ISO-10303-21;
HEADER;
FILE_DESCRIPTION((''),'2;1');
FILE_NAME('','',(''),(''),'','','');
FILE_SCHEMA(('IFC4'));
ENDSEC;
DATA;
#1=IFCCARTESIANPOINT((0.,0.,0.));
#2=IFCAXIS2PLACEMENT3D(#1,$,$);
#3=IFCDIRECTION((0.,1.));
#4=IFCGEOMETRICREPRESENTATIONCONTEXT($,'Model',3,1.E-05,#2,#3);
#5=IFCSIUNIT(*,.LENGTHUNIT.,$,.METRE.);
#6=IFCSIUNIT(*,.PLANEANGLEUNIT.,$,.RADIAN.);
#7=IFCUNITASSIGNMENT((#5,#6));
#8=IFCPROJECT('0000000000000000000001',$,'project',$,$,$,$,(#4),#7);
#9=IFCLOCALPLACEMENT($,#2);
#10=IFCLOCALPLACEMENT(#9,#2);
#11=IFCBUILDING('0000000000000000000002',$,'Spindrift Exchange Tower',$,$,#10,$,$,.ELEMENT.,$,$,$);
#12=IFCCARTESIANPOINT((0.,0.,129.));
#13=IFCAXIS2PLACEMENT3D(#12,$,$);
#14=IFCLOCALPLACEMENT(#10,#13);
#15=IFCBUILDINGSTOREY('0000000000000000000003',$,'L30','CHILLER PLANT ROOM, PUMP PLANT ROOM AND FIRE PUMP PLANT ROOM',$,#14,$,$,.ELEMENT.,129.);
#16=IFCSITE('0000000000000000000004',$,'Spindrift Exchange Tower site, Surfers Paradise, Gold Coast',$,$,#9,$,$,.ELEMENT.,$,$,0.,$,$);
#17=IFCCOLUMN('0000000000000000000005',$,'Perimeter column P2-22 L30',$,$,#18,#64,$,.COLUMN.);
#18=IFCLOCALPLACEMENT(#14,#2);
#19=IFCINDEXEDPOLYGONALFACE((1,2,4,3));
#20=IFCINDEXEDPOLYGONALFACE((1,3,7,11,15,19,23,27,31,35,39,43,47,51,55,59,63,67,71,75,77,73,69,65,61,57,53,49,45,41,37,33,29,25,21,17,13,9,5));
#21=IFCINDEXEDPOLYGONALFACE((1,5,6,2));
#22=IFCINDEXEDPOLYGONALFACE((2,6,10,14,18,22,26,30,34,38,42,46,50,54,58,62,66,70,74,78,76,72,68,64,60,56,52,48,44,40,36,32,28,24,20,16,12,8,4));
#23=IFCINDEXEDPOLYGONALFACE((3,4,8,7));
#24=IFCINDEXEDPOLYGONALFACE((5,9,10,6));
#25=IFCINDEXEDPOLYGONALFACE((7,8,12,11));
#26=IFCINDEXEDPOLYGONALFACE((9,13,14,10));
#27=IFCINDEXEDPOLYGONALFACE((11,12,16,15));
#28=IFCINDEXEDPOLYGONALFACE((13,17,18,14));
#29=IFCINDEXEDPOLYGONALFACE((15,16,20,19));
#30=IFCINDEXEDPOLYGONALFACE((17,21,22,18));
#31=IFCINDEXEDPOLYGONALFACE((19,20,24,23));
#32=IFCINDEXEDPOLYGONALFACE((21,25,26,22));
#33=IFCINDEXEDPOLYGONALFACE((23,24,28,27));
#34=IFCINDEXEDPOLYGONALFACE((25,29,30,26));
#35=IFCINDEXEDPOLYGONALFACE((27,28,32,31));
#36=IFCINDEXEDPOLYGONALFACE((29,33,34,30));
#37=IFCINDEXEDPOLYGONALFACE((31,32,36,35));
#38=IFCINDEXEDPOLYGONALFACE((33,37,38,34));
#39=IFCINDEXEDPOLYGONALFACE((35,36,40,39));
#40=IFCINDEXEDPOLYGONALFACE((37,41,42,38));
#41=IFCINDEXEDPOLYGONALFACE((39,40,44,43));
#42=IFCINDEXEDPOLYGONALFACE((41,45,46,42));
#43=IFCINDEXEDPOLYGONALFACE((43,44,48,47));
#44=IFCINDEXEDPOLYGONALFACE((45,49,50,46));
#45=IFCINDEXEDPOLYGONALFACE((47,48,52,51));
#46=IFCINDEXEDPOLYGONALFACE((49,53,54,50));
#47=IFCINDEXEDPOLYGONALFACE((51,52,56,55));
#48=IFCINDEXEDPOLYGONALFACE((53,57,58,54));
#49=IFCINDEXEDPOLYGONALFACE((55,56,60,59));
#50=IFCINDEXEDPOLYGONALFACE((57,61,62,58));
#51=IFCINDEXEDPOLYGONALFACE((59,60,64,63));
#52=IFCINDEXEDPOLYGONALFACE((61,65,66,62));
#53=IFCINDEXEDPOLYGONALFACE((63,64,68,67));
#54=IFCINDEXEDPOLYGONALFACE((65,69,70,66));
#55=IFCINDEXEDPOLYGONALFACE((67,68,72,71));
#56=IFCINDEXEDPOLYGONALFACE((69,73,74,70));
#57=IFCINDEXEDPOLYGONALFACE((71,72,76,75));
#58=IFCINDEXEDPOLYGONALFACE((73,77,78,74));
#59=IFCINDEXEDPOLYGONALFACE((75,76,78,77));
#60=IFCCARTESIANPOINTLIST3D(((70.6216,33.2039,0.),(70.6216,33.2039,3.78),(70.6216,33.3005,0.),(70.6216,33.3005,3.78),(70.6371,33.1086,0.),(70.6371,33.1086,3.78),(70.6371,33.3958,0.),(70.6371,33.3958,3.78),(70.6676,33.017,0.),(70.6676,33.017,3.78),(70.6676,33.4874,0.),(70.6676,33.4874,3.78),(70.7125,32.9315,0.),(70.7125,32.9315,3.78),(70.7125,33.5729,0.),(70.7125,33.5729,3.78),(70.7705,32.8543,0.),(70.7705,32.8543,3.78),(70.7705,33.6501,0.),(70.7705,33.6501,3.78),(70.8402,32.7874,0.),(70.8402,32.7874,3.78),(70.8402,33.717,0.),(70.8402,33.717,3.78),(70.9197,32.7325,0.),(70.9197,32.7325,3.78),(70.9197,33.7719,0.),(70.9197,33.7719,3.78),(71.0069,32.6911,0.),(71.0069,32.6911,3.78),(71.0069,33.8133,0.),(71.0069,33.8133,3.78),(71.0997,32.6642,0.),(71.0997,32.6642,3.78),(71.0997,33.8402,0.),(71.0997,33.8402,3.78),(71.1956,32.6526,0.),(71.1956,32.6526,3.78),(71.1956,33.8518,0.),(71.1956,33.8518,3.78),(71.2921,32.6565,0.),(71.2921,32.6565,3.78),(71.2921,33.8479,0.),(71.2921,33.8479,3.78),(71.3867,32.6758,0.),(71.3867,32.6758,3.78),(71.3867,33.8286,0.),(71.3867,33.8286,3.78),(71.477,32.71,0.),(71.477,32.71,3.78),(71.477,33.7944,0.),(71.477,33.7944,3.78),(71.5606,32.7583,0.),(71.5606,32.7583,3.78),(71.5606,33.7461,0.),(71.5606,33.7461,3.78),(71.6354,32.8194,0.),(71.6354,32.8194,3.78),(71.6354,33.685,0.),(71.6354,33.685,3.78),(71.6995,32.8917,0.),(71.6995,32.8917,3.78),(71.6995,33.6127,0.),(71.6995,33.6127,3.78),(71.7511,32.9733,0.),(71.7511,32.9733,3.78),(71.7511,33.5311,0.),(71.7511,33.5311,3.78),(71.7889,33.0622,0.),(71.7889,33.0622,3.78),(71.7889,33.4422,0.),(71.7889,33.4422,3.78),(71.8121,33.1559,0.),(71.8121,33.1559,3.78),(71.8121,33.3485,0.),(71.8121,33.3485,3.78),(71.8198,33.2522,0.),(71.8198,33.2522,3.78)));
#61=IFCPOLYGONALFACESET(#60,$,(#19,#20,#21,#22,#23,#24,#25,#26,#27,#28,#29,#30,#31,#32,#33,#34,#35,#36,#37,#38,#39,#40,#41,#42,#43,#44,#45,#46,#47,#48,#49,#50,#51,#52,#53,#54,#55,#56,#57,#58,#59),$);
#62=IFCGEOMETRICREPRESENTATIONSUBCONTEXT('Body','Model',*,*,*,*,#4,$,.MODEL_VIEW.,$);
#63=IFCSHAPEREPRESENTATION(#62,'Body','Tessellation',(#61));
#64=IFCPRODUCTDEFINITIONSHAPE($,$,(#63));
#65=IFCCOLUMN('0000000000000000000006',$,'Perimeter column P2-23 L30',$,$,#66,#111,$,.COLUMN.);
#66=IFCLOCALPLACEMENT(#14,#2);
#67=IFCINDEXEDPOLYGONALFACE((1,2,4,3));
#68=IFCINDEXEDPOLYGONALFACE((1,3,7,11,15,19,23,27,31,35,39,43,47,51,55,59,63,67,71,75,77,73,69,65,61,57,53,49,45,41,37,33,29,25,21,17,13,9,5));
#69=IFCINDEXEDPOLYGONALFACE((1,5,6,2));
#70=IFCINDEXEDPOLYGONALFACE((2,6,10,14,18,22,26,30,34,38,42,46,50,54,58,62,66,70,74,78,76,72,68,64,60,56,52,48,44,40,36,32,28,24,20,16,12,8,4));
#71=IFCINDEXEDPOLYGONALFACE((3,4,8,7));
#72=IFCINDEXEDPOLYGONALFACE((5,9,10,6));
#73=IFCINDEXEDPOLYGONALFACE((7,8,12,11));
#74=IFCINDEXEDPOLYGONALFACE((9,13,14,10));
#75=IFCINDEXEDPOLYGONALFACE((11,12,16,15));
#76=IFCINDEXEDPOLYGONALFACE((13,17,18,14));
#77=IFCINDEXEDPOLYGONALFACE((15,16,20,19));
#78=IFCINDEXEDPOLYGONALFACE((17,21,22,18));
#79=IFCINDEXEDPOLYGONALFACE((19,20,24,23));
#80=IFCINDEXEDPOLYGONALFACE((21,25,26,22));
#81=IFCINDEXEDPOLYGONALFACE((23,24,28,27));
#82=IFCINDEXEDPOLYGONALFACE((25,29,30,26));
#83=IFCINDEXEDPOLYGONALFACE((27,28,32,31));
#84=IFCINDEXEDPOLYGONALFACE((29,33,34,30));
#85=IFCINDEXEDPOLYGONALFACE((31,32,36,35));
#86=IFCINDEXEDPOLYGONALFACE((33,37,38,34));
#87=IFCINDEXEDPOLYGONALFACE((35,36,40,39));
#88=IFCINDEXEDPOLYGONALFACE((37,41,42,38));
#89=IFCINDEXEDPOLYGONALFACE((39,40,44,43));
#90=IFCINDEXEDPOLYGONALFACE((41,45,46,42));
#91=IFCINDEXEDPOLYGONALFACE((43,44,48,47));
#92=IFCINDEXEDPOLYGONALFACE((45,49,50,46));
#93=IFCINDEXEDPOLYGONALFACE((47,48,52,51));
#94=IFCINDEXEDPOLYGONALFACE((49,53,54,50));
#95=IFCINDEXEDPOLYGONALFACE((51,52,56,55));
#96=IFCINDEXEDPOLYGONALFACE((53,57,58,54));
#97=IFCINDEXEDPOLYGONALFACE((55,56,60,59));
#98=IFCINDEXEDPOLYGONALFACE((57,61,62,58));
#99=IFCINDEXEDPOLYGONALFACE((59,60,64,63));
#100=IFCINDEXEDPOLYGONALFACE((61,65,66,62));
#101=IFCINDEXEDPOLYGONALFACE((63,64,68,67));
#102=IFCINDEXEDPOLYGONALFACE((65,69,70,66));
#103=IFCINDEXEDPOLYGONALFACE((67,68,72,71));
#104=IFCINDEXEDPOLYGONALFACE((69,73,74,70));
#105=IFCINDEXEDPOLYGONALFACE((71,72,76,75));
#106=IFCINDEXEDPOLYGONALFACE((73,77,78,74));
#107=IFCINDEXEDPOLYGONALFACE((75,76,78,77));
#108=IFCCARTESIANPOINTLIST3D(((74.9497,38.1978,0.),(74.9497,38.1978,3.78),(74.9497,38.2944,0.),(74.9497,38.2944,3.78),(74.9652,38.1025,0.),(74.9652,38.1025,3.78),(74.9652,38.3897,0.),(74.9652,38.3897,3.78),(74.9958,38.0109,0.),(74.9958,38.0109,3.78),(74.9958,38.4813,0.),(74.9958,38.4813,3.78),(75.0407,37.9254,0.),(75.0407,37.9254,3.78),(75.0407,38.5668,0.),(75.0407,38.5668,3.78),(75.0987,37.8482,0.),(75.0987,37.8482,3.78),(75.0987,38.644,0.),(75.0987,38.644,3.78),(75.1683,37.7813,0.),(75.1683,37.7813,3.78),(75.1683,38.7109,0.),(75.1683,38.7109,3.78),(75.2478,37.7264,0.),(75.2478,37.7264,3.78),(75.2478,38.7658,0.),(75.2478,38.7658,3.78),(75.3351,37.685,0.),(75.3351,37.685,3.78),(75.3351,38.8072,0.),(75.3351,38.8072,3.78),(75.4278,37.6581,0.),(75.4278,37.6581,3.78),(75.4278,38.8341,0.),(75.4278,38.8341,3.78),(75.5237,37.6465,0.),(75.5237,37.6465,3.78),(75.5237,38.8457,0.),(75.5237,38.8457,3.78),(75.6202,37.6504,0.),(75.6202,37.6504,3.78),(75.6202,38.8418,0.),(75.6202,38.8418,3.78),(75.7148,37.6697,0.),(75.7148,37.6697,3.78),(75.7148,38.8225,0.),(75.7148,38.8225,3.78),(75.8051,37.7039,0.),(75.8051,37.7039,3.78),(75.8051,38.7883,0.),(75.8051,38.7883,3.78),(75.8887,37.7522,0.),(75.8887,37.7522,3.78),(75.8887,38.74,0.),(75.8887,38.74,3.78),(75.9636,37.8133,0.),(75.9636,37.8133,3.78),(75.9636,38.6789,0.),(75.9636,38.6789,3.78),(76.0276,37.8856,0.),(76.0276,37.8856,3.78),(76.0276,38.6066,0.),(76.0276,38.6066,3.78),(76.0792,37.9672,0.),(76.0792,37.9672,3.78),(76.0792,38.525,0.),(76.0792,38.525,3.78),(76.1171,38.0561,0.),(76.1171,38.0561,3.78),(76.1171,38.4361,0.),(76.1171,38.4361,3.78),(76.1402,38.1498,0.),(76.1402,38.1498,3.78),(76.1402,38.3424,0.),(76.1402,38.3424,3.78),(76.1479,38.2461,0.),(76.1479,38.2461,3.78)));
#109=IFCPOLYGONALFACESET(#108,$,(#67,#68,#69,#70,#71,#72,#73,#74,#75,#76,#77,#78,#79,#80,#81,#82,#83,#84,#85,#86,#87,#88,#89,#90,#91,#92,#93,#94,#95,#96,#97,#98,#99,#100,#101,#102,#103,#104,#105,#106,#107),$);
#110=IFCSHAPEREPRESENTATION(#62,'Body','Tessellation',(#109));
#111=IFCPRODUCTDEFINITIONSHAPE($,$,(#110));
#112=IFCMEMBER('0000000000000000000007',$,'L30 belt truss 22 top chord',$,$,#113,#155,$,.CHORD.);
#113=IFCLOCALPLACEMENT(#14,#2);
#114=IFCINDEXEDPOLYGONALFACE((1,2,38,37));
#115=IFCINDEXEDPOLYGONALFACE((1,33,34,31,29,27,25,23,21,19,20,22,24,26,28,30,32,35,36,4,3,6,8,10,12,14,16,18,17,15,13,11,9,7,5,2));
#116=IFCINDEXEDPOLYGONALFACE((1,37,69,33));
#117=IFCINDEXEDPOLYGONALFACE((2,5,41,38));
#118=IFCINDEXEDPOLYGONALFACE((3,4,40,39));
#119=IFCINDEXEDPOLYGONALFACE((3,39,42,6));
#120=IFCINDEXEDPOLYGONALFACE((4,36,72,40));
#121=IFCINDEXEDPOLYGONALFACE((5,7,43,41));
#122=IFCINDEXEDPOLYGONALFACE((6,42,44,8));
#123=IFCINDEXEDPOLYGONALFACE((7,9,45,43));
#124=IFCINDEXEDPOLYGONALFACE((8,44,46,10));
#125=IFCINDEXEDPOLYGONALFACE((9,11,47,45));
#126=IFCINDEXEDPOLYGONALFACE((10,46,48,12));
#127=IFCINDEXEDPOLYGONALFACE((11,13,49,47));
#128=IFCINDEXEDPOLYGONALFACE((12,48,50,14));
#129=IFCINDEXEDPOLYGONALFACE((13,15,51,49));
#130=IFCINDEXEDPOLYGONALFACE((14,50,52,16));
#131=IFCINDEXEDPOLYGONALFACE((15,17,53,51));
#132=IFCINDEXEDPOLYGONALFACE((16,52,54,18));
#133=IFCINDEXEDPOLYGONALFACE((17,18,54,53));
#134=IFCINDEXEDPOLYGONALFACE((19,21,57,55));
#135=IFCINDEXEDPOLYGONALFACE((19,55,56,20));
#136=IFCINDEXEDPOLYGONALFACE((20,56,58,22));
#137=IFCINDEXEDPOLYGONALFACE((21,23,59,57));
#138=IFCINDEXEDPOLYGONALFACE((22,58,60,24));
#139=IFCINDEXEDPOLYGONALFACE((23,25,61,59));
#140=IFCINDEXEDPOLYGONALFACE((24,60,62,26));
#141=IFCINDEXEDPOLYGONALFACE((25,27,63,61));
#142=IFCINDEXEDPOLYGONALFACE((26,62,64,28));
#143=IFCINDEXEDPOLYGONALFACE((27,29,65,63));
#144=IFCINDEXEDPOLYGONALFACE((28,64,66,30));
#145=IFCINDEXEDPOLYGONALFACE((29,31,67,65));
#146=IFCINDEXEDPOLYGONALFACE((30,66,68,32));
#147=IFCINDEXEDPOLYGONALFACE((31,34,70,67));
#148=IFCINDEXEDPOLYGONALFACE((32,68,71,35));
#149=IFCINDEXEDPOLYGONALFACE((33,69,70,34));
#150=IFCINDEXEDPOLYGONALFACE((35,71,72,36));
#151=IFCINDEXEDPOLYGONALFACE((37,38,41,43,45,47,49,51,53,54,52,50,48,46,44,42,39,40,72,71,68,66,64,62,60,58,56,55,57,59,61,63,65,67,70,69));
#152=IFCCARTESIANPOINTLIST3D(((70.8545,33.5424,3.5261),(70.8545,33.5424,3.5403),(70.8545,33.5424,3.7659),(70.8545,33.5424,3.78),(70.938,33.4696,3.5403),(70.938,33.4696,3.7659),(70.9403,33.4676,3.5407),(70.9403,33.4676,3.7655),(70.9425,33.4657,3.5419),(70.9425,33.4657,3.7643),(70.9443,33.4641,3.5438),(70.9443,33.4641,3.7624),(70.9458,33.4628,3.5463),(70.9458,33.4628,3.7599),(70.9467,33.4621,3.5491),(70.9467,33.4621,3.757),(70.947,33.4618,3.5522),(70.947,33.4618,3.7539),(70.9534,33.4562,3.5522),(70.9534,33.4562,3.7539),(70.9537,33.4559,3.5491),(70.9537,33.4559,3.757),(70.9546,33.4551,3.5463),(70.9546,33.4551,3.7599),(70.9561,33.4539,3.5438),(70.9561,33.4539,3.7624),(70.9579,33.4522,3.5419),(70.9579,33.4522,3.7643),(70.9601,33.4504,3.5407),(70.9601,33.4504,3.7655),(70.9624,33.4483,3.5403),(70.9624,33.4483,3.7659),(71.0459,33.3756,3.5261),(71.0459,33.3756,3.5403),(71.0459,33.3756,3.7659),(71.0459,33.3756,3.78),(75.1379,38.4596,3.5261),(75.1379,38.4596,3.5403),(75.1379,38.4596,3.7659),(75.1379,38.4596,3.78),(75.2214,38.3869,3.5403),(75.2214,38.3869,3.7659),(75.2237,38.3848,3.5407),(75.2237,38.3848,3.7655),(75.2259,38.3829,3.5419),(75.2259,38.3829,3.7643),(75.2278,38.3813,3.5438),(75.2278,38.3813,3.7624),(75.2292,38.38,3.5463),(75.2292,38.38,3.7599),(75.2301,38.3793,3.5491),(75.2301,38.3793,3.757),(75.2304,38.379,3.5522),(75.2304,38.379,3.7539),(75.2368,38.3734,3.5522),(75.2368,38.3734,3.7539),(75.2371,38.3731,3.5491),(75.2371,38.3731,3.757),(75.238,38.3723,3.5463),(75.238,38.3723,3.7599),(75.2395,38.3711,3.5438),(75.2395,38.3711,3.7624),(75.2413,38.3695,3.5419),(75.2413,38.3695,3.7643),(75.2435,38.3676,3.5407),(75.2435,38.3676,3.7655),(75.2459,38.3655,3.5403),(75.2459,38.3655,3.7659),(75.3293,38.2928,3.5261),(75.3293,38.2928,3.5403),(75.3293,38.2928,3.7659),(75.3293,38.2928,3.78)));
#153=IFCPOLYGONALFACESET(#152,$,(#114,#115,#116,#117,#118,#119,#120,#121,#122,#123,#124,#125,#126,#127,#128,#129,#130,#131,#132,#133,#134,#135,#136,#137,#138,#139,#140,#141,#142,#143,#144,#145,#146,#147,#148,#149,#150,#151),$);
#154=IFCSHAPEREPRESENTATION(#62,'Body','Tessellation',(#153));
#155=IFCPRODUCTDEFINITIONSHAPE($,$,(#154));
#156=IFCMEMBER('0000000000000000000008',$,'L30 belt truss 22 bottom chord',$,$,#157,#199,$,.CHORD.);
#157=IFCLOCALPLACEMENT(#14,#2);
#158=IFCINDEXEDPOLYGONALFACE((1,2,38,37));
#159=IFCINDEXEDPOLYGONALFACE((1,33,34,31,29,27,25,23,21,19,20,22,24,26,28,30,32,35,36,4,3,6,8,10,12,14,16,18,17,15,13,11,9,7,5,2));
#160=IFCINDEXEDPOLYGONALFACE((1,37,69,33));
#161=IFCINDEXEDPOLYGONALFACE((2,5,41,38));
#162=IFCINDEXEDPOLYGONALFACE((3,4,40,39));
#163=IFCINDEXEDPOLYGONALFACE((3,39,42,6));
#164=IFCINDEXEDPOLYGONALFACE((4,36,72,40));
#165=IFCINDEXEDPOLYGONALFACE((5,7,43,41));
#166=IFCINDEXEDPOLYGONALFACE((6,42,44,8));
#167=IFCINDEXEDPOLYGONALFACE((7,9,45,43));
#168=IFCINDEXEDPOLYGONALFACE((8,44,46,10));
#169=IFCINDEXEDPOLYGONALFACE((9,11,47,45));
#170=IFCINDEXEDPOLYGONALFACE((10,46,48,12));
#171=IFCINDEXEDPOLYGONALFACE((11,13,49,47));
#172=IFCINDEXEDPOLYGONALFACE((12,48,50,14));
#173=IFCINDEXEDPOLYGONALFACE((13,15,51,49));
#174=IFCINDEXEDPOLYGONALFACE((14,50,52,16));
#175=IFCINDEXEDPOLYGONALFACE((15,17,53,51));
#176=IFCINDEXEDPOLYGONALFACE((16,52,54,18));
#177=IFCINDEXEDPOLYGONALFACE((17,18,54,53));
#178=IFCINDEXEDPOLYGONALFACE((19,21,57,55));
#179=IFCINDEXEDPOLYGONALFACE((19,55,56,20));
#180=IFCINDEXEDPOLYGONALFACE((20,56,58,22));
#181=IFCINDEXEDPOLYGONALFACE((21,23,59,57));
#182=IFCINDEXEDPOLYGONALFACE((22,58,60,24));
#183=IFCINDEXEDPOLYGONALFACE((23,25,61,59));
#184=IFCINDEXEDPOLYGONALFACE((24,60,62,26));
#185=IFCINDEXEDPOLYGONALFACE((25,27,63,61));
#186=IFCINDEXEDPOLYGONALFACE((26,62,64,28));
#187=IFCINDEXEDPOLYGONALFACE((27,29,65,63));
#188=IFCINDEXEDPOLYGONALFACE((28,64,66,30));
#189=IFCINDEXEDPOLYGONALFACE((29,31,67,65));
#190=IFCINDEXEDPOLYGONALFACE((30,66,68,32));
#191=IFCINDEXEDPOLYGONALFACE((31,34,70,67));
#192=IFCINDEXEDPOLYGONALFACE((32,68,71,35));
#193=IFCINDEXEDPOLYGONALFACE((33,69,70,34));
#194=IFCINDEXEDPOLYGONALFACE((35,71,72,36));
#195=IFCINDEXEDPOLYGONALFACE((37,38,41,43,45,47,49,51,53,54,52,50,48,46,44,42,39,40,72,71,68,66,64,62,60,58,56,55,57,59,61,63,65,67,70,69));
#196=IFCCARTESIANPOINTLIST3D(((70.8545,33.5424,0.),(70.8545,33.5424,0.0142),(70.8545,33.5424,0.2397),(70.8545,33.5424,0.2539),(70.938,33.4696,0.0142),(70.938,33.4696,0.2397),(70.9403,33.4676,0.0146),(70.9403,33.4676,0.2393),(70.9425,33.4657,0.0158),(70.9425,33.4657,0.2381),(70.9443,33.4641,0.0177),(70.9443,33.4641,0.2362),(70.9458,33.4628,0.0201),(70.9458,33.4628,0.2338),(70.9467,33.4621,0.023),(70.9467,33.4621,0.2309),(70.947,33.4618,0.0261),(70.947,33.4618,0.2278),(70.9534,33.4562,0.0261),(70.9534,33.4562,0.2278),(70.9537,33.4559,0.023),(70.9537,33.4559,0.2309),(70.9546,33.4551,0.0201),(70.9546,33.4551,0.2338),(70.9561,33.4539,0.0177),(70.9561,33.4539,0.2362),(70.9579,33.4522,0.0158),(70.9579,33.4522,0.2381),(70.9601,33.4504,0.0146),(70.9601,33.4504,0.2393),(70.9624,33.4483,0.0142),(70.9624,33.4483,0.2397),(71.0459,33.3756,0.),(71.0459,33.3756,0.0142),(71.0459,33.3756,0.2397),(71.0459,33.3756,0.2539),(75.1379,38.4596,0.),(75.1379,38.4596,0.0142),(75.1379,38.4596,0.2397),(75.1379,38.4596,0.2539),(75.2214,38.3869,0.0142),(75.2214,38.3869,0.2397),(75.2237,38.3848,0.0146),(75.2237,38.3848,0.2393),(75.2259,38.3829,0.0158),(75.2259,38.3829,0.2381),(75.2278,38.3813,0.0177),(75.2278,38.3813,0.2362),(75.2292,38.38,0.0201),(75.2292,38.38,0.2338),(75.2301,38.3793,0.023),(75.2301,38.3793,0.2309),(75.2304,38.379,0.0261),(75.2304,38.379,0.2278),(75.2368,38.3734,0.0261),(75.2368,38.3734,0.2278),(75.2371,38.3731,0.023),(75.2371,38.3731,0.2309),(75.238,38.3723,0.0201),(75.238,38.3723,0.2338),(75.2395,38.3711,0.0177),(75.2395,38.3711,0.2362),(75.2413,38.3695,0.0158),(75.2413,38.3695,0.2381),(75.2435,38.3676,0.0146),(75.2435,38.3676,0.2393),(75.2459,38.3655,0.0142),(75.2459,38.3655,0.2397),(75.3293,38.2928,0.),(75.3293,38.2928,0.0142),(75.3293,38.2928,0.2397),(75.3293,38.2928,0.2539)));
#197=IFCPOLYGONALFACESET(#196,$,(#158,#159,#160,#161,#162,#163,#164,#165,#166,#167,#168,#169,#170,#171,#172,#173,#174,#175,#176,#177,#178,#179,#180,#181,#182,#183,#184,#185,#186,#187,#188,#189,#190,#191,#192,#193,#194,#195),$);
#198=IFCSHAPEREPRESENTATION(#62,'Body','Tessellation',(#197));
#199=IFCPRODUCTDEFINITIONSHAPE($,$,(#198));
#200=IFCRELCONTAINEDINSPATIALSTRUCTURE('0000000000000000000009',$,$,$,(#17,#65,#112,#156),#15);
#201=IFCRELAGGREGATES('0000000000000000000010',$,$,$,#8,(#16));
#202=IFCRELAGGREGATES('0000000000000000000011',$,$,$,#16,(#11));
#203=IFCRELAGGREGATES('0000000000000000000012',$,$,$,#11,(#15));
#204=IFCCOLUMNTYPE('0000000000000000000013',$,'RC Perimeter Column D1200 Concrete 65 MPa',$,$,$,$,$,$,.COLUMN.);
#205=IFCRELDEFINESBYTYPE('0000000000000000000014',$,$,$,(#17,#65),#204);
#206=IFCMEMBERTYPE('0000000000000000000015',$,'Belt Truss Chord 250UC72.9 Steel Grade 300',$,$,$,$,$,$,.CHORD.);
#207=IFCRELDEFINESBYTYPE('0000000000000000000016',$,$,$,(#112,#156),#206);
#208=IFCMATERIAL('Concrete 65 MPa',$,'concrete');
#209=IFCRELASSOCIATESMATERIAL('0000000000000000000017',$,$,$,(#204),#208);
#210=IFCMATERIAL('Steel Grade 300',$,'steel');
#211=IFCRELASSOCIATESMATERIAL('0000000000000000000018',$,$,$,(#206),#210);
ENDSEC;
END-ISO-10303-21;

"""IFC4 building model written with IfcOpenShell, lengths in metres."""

from ifc_helpers import new_model, si_unit, direction, frame, origin, origin_2d, place, context, subcontext, project, spatial, circle, i_section, extrude, source, transform, mapped, material, material_profile, profile_set, type_object, element, save


model = new_model("IFC4")

# Units and contexts
model_context = context("Model", 3, precision=1e-05, world=origin(), true_north=direction((0.0, 1.0)))
body_context = subcontext(model_context, "Body", "Model", "MODEL_VIEW")
ifc_project = project(units=[si_unit("LENGTHUNIT", "METRE"), si_unit("PLANEANGLEUNIT", "RADIAN")], contexts=[model_context])

# Site, building, storey
site_placement = place(None, origin())
site = spatial("IfcSite", under=ifc_project, at=site_placement, Name="Spindrift Exchange Tower site, Surfers Paradise, Gold Coast", CompositionType="ELEMENT", RefElevation=0.0)
building_placement = place(site_placement, origin())
building = spatial("IfcBuilding", under=site, at=building_placement, Name="Spindrift Exchange Tower", CompositionType="ELEMENT")
storey_placement = place(building_placement, frame((0.0, 0.0, 129.0)))
storey = spatial("IfcBuildingStorey", under=building, at=storey_placement, Name="L30", Description="CHILLER PLANT ROOM, PUMP PLANT ROOM AND FIRE PUMP PLANT ROOM", CompositionType="ELEMENT", Elevation=129.0)

# Columns
ifc_material_1 = material(Name="Concrete 65 MPa", Category="concrete")
ifc_material_profile_1 = material_profile(ifc_material_1, circle(Radius=0.6001, at=origin_2d()), Name="RC D1200")
ifc_profile_set_1 = profile_set([ifc_material_profile_1], Name="Concrete 65 MPa")
column_type = type_object("IfcColumnType", Name="RC Perimeter Column D1200 Concrete 65 MPa", PredefinedType="COLUMN", material=ifc_profile_set_1)
shared_shape_1 = source(origin(), body_context, "Body", "SweptSolid", [
    extrude(circle(Radius=0.6001, at=origin_2d()), origin(), (0.0, 0.0, 1.0), 3.78),
])
for number, where, z_axis, x_axis, name in (
    (1, (71.2197, 33.2522, 0.0), (0.0, 0.0, 1.0), (1.0, 0.0, 0.0), "Perimeter column P2-22 L30"),
    (2, (75.5479, 38.2461, 0.0), (0.0, 0.0, 1.0), (1.0, 0.0, 0.0), "Perimeter column P2-23 L30"),
):
    element("IfcColumn", number, at=place(storey_placement, frame(where, z_axis=z_axis, x_axis=x_axis)), inside=storey, type_object=column_type, Name=name, PredefinedType="COLUMN", context=body_context, shape_type="MappedRepresentation", body=[
        mapped(shared_shape_1, transform((0.0, 0.0, 0.0), scale=1.0)),
    ])

# Members
ifc_material_2 = material(Name="Steel Grade 300", Category="steel")
ifc_material_profile_2 = material_profile(ifc_material_2, i_section(OverallWidth=0.2539, OverallDepth=0.2539, WebThickness=0.0085, FlangeThickness=0.0142, FilletRadius=0.012, at=origin_2d()), Name="250UC72.9")
ifc_profile_set_2 = profile_set([ifc_material_profile_2], Name="Steel Grade 300")
member_type_1 = type_object("IfcMemberType", Name="Belt Truss Chord 250UC72.9 Steel Grade 300", PredefinedType="CHORD", material=ifc_profile_set_2)
shared_shape_2 = source(origin(), body_context, "Body", "SweptSolid", [
    extrude(i_section(OverallWidth=0.2539, OverallDepth=0.2539, WebThickness=0.0085, FlangeThickness=0.0142, FilletRadius=0.012, at=origin_2d()), origin(), (0.0, 0.0, 1.0), 6.5212),
])
for number, where, z_axis, x_axis, name in (
    (3, (70.9502, 33.459, 3.6531), (0.656841, 0.754029, 0.0), (-0.754029, 0.656841, 0.0), "L30 belt truss 22 top chord"),
    (4, (70.9502, 33.459, 0.127), (0.656841, 0.754029, 0.0), (-0.754029, 0.656841, 0.0), "L30 belt truss 22 bottom chord"),
):
    element("IfcMember", number, at=place(storey_placement, frame(where, z_axis=z_axis, x_axis=x_axis)), inside=storey, type_object=member_type_1, Name=name, PredefinedType="CHORD", context=body_context, shape_type="MappedRepresentation", body=[
        mapped(shared_shape_2, transform((0.0, 0.0, 0.0), scale=1.0)),
    ])

save(model, "model.ifc")
